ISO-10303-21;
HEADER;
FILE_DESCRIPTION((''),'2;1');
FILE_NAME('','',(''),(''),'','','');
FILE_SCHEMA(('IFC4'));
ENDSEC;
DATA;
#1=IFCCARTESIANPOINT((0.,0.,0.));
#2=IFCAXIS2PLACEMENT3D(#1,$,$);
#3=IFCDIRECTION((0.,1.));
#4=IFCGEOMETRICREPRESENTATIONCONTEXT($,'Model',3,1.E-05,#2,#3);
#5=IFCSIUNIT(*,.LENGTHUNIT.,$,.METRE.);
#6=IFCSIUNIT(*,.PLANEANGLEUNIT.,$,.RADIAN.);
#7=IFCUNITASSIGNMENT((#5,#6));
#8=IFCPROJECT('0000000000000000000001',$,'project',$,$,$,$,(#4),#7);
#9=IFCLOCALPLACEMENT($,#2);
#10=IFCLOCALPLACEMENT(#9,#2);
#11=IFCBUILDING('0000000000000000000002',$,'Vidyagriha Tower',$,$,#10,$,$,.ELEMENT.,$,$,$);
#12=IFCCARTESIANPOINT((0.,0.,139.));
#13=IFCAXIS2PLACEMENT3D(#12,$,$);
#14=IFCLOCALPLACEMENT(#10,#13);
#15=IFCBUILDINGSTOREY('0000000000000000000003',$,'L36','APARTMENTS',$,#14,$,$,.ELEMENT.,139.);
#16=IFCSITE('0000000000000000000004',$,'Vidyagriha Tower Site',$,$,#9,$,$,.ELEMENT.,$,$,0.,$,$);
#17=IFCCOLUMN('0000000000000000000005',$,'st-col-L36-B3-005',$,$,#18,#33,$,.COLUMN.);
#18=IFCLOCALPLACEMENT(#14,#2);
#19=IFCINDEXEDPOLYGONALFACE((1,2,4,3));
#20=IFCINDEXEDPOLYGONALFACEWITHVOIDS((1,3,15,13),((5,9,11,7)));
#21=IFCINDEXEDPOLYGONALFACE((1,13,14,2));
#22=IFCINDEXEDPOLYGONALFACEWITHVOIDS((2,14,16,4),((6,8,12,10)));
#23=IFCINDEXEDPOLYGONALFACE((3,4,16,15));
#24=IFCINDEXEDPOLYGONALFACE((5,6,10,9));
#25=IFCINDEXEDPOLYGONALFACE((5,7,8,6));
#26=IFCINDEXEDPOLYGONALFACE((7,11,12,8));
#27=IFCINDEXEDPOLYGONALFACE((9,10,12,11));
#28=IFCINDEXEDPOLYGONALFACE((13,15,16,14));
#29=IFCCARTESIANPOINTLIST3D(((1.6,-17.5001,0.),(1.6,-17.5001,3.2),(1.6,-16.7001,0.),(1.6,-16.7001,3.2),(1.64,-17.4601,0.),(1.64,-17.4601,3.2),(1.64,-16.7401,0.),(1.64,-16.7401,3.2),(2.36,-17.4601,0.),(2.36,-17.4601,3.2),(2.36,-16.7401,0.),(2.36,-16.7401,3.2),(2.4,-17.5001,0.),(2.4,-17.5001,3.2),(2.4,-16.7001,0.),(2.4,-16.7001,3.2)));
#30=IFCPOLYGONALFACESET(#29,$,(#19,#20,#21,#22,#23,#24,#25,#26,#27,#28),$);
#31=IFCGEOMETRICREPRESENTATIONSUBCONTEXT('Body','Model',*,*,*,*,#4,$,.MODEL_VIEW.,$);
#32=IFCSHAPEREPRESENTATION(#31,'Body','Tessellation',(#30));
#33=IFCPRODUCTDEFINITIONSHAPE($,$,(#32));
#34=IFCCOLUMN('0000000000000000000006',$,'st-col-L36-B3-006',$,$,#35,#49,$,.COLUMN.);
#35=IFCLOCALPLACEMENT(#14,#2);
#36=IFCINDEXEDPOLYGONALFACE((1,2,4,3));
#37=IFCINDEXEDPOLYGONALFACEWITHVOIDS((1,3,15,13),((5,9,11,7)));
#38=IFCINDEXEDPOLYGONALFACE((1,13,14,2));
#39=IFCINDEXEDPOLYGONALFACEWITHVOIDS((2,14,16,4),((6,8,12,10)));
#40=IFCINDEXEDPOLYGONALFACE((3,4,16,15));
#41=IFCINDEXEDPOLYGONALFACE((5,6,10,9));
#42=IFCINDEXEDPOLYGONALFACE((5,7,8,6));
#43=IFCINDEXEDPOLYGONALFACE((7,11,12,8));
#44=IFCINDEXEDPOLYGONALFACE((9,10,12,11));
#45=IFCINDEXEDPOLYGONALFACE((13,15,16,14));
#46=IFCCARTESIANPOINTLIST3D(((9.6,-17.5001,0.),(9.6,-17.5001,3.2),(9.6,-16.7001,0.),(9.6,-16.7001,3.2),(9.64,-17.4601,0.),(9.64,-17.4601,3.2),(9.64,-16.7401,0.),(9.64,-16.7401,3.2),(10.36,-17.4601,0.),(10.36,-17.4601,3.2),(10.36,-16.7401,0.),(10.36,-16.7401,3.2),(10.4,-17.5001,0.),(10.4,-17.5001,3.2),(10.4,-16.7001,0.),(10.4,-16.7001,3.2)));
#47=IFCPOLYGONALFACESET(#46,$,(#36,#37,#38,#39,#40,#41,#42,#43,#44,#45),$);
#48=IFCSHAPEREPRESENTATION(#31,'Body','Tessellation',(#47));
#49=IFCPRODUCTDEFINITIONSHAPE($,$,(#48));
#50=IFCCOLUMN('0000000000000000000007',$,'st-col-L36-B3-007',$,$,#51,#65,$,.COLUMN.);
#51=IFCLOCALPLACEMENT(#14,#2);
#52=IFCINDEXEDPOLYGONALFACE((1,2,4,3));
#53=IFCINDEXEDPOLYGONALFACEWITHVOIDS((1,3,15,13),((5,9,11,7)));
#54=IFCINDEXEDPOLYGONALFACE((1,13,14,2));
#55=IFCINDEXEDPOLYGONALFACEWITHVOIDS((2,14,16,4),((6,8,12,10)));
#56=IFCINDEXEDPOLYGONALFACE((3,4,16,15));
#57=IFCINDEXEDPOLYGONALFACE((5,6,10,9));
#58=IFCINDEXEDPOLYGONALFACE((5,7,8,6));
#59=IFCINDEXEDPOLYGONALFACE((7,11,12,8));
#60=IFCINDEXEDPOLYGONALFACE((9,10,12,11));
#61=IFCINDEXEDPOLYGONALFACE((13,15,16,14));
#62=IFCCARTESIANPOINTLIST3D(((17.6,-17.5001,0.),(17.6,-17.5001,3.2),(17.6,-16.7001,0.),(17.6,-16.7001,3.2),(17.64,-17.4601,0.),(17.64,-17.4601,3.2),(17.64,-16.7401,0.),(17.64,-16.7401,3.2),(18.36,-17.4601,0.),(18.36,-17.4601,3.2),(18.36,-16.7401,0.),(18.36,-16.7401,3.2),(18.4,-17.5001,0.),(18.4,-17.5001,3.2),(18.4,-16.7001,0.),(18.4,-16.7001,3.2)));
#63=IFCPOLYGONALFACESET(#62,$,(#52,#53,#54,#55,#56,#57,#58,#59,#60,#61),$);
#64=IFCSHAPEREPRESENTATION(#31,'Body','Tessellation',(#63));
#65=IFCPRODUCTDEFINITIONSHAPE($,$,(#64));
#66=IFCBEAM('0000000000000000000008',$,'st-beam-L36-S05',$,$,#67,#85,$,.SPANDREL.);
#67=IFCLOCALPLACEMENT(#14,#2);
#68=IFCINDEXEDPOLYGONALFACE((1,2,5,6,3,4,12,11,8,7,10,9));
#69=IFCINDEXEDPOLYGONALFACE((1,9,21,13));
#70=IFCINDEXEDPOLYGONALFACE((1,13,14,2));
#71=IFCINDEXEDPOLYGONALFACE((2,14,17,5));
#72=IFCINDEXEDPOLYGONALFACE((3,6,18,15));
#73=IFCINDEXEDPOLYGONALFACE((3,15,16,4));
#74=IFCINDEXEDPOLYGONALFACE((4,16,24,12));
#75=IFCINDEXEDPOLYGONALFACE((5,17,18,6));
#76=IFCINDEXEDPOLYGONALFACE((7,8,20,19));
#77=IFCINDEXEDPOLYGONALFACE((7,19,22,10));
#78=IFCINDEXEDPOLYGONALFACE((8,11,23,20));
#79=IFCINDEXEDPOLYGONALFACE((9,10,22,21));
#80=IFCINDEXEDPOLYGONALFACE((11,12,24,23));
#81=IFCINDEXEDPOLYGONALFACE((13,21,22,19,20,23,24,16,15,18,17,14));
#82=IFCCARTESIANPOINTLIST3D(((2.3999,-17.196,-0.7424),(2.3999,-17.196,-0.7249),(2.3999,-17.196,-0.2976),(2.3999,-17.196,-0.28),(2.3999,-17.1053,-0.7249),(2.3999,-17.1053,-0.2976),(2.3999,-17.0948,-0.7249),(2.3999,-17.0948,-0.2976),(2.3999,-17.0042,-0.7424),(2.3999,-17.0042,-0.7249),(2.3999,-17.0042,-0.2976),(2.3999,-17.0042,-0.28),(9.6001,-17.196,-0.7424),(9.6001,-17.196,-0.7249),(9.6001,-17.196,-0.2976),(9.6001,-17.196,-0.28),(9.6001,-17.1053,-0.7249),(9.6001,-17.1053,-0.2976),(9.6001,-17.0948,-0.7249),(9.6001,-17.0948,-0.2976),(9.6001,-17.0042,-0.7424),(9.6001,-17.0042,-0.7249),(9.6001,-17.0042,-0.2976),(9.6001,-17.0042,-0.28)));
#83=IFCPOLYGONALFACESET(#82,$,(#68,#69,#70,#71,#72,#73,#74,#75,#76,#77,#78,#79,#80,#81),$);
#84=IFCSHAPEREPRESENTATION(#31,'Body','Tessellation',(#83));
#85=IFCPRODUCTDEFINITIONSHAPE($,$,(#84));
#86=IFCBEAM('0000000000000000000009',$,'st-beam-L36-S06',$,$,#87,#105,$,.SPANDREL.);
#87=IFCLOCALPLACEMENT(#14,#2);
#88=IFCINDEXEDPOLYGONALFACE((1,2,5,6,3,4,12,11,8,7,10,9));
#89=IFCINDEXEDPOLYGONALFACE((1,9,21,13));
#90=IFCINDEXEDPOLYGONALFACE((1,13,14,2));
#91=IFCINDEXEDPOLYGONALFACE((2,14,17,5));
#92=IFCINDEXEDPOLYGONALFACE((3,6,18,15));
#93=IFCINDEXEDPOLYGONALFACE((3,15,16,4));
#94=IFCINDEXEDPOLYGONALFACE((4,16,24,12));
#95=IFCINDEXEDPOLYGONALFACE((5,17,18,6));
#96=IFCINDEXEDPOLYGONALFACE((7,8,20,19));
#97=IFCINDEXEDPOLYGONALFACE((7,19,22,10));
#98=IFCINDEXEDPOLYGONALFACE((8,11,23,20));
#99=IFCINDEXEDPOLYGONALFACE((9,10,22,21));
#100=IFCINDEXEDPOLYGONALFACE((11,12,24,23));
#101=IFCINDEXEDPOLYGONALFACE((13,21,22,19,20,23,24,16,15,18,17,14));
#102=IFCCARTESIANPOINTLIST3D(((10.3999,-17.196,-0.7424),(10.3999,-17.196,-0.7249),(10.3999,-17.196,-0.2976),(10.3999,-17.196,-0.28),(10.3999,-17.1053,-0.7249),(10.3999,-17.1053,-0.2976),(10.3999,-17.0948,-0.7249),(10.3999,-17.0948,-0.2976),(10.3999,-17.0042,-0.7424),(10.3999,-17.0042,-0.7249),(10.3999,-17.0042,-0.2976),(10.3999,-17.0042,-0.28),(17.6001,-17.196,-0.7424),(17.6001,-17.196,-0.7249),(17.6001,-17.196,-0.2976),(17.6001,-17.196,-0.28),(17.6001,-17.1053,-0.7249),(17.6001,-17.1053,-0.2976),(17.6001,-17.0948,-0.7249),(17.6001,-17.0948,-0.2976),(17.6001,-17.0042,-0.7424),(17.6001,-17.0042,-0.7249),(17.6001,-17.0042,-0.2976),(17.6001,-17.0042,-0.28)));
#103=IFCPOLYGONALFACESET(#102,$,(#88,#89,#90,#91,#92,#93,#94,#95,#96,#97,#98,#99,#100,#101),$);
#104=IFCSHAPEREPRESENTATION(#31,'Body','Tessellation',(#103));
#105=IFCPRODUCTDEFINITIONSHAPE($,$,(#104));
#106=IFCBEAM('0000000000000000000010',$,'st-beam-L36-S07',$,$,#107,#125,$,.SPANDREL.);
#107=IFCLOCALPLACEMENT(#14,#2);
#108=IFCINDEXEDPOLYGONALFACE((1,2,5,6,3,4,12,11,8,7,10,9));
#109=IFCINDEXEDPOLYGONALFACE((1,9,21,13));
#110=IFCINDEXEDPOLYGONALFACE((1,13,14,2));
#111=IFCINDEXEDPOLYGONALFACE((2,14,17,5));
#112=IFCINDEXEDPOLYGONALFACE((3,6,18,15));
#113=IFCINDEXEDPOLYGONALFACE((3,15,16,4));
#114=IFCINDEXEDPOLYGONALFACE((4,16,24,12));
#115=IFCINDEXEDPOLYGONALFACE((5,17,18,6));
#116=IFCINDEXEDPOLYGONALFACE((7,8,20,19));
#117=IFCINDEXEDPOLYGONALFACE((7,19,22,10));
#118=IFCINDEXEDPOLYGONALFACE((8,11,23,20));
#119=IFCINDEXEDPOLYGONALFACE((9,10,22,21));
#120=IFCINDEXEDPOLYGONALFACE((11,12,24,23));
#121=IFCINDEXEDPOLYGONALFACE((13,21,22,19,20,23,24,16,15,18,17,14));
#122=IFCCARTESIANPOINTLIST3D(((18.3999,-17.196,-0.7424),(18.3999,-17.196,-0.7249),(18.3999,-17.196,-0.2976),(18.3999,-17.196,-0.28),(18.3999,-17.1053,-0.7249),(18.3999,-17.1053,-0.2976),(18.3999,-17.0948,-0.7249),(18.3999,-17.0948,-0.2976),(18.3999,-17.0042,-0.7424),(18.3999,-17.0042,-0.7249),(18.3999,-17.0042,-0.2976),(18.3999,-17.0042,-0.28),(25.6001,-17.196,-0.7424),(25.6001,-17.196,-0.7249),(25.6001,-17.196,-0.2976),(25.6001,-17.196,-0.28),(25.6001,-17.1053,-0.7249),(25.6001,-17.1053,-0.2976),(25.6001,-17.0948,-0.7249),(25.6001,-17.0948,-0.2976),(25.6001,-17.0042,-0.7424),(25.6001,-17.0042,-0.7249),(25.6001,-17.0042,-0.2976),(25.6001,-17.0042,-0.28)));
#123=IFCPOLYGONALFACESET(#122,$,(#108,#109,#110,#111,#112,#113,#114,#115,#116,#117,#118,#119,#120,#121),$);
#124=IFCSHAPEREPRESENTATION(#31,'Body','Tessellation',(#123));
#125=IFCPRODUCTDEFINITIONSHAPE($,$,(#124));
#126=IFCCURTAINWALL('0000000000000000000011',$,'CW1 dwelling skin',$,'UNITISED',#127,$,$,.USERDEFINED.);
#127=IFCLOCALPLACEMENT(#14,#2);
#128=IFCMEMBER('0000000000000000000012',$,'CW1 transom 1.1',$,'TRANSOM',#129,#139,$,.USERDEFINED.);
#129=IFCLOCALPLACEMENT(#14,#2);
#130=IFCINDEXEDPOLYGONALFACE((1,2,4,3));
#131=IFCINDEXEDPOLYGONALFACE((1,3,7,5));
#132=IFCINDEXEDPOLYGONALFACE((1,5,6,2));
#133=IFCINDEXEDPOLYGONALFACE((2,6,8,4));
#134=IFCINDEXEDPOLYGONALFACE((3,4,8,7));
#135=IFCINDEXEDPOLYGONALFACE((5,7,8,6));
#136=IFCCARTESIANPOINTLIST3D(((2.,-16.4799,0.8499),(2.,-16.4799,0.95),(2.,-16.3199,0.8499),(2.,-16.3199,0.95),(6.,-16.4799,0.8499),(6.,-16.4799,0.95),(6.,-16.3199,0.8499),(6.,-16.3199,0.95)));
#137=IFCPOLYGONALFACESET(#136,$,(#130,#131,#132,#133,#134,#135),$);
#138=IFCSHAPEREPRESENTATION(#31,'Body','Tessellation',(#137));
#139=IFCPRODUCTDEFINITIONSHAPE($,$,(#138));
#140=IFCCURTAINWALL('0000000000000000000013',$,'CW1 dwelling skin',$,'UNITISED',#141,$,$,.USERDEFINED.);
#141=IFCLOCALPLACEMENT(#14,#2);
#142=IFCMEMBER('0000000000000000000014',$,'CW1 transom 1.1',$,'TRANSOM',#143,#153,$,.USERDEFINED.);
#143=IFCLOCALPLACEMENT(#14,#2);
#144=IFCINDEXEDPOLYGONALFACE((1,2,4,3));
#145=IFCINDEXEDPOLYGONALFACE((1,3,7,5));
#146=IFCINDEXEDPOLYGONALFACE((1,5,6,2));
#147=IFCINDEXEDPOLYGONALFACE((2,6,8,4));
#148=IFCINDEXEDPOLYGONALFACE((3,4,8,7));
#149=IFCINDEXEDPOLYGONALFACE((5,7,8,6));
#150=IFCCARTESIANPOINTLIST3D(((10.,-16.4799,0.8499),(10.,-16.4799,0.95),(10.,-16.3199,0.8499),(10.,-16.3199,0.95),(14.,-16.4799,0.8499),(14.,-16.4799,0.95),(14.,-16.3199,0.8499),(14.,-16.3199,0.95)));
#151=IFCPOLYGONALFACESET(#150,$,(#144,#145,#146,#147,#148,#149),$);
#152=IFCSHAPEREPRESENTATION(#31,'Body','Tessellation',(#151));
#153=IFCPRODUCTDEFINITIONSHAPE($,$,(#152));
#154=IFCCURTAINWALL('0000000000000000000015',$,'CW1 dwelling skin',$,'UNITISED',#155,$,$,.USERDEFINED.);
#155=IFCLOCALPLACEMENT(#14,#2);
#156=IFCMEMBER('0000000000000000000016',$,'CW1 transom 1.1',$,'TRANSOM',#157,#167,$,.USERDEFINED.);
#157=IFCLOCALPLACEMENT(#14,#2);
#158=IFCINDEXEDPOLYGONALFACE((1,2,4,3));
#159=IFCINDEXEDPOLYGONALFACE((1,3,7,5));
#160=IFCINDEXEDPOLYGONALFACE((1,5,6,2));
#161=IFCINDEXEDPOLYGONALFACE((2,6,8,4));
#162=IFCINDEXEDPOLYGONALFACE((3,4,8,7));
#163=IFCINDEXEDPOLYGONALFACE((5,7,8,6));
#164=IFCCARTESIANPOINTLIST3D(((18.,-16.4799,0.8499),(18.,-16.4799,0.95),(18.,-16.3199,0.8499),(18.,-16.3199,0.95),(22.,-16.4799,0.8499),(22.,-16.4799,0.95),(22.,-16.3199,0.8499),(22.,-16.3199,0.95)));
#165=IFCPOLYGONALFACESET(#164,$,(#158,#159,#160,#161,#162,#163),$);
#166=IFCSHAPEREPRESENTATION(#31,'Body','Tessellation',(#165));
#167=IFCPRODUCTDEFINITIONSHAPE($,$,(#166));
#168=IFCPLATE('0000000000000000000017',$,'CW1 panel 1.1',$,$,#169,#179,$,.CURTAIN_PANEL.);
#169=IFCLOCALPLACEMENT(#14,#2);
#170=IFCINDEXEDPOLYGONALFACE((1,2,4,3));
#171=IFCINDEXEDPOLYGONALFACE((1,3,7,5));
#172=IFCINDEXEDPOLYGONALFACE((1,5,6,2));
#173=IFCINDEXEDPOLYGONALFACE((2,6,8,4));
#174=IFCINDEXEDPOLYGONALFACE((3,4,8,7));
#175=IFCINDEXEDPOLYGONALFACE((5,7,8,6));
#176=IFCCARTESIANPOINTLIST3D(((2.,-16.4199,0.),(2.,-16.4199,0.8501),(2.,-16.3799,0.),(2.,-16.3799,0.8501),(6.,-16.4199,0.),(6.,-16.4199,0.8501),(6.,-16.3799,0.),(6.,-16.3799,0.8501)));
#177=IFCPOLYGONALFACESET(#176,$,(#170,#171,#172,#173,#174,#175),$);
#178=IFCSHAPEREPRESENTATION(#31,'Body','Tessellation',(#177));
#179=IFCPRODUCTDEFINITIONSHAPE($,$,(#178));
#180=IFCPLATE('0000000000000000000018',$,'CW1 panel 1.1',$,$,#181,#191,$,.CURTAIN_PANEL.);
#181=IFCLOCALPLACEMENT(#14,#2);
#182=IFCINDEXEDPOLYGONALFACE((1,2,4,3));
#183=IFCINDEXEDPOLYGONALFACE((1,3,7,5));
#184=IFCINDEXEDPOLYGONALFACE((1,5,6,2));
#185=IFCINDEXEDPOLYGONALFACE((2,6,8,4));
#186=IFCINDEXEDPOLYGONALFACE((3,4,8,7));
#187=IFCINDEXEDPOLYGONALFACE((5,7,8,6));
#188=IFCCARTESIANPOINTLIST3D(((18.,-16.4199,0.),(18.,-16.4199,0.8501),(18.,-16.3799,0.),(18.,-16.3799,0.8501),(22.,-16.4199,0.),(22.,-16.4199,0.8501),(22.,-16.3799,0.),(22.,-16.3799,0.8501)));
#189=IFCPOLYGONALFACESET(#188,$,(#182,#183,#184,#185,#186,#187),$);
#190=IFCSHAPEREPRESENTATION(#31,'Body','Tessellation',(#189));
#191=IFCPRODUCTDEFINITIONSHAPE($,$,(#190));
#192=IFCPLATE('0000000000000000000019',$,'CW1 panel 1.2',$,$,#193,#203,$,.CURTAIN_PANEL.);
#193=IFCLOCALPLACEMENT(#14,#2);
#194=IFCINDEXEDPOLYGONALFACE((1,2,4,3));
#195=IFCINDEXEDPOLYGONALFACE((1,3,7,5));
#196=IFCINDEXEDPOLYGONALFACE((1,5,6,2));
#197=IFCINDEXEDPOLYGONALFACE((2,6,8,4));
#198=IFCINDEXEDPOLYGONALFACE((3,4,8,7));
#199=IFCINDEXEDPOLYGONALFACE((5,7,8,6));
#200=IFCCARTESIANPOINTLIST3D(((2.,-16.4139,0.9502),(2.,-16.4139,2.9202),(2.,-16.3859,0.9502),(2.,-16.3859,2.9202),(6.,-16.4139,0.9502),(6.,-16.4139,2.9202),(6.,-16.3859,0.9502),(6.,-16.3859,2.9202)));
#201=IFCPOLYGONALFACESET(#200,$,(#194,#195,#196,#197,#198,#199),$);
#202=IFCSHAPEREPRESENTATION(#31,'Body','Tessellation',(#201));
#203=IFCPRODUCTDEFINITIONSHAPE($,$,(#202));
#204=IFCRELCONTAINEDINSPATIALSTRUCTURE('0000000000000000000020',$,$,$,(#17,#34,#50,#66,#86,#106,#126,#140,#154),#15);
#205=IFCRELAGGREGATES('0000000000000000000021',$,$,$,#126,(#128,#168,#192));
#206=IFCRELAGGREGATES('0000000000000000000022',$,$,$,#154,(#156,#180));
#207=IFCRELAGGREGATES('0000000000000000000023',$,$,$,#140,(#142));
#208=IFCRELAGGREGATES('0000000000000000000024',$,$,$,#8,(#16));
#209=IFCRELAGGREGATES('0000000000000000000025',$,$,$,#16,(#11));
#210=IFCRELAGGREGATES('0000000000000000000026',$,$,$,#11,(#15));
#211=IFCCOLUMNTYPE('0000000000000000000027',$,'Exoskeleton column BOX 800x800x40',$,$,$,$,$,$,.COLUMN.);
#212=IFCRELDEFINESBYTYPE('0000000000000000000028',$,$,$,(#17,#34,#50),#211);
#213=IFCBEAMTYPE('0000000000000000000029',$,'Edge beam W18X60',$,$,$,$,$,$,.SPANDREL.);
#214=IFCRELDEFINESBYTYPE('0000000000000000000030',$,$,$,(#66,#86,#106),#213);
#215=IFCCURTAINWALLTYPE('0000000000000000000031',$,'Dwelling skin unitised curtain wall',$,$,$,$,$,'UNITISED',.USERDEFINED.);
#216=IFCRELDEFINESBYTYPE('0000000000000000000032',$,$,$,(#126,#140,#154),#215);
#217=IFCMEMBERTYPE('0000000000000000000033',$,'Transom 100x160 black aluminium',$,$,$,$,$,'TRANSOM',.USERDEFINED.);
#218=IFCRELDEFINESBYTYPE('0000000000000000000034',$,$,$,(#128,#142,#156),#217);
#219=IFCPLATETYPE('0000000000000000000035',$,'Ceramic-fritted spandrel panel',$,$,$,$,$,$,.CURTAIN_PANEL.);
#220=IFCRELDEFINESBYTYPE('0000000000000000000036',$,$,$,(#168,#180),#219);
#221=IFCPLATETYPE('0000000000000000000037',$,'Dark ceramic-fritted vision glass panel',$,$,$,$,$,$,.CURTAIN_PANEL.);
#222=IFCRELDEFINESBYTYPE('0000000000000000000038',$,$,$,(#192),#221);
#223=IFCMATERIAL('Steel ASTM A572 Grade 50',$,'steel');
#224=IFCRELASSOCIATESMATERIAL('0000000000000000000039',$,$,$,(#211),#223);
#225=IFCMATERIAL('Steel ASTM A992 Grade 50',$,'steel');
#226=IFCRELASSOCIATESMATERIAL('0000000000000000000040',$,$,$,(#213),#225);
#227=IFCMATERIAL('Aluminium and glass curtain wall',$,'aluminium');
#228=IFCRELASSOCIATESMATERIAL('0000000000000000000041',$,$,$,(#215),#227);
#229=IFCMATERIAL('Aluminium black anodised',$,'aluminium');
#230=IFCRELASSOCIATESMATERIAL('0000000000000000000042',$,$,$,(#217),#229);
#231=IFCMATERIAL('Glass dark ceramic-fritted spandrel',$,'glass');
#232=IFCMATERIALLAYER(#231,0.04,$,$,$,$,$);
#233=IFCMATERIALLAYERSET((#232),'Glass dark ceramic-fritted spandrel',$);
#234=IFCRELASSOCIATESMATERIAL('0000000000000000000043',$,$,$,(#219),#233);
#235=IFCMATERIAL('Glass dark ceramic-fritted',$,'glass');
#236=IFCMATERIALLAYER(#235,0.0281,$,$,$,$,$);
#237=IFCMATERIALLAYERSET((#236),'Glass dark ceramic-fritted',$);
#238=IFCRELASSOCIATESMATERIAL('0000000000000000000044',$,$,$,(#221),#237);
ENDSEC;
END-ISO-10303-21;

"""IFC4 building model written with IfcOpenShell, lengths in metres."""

from ifc_helpers import new_model, si_unit, direction, frame, origin, origin_2d, place, context, subcontext, project, spatial, rectangle, hollow_rectangle, i_section, extrude, material, layer, layer_set, material_profile, profile_set, type_object, element, aggregate, save


model = new_model("IFC4")

# Units and contexts
model_context = context("Model", 3, precision=1e-05, world=origin(), true_north=direction((0.0, 1.0)))
body_context = subcontext(model_context, "Body", "Model", "MODEL_VIEW")
ifc_project = project(units=[si_unit("LENGTHUNIT", "METRE"), si_unit("PLANEANGLEUNIT", "RADIAN")], contexts=[model_context])

# Site, building, storey
site_placement = place(None, origin())
site = spatial("IfcSite", under=ifc_project, at=site_placement, Name="Vidyagriha Tower Site", CompositionType="ELEMENT", RefElevation=0.0)
building_placement = place(site_placement, origin())
building = spatial("IfcBuilding", under=site, at=building_placement, Name="Vidyagriha Tower", CompositionType="ELEMENT")
storey_placement = place(building_placement, frame((0.0, 0.0, 139.0)))
storey = spatial("IfcBuildingStorey", under=building, at=storey_placement, Name="L36", Description="APARTMENTS", CompositionType="ELEMENT", Elevation=139.0)

# Columns
ifc_material_1 = material(Name="Steel ASTM A572 Grade 50", Category="steel")
ifc_material_profile_1 = material_profile(ifc_material_1, hollow_rectangle(XDim=0.8, YDim=0.8, WallThickness=0.04, at=origin_2d()), Name="BOX 800x800x40")
ifc_profile_set_1 = profile_set([ifc_material_profile_1], Name="Steel ASTM A572 Grade 50")
column_type = type_object("IfcColumnType", Name="Exoskeleton column BOX 800x800x40", PredefinedType="COLUMN", material=ifc_profile_set_1)
for number, where, name in (
    (1, (2.0, -17.1001, 0.0), "st-col-L36-B3-005"),
    (2, (10.0, -17.1001, 0.0), "st-col-L36-B3-006"),
    (3, (18.0, -17.1001, 0.0), "st-col-L36-B3-007"),
):
    element("IfcColumn", number, at=place(storey_placement, frame(where)), inside=storey, type_object=column_type, Name=name, PredefinedType="COLUMN", context=body_context, shape_type="SweptSolid", body=[
        extrude(hollow_rectangle(XDim=0.8, YDim=0.8, WallThickness=0.04, at=origin_2d()), origin(), (0.0, 0.0, 1.0), 3.2),
    ])

# Beams
ifc_material_2 = material(Name="Steel ASTM A992 Grade 50", Category="steel")
ifc_material_profile_2 = material_profile(ifc_material_2, i_section(OverallWidth=0.1919, OverallDepth=0.4624, WebThickness=0.0105, FlangeThickness=0.0176, at=origin_2d()), Name="W18X60")
ifc_profile_set_2 = profile_set([ifc_material_profile_2], Name="Steel ASTM A992 Grade 50")
beam_type = type_object("IfcBeamType", Name="Edge beam W18X60", PredefinedType="SPANDREL", material=ifc_profile_set_2)
for number, where, z_axis, x_axis, name in (
    (4, (2.3999, -17.1001, -0.5112), (1.0, 0.0, 0.0), (0.0, 1.0, 0.0), "st-beam-L36-S05"),
    (5, (10.3999, -17.1001, -0.5112), (1.0, 0.0, 0.0), (0.0, 1.0, 0.0), "st-beam-L36-S06"),
    (6, (18.3999, -17.1001, -0.5112), (1.0, 0.0, 0.0), (0.0, 1.0, 0.0), "st-beam-L36-S07"),
):
    element("IfcBeam", number, at=place(storey_placement, frame(where, z_axis=z_axis, x_axis=x_axis)), inside=storey, type_object=beam_type, Name=name, PredefinedType="SPANDREL", context=body_context, shape_type="SweptSolid", body=[
        extrude(i_section(OverallWidth=0.1919, OverallDepth=0.4624, WebThickness=0.0105, FlangeThickness=0.0176, at=origin_2d()), origin(), (0.0, 0.0, 1.0), 7.2002),
    ])

# Curtain walls, members
ifc_material_3 = material(Name="Aluminium and glass curtain wall", Category="aluminium")
curtain_wall_type = type_object("IfcCurtainWallType", Name="Dwelling skin unitised curtain wall", ElementType="UNITISED", PredefinedType="USERDEFINED", material=ifc_material_3)
curtain_wall_1_placement = place(storey_placement, origin())
curtain_wall_1 = element("IfcCurtainWall", 7, at=curtain_wall_1_placement, inside=storey, type_object=curtain_wall_type, Name="CW1 dwelling skin", ObjectType="UNITISED", PredefinedType="USERDEFINED")
ifc_material_4 = material(Name="Aluminium black anodised", Category="aluminium")
ifc_material_profile_3 = material_profile(ifc_material_4, rectangle(XDim=0.1599, YDim=0.1001, at=origin_2d()), Name="Transom 100x160 black aluminium")
ifc_profile_set_3 = profile_set([ifc_material_profile_3], Name="Aluminium black anodised")
member_type = type_object("IfcMemberType", Name="Transom 100x160 black aluminium", ElementType="TRANSOM", PredefinedType="USERDEFINED", material=ifc_profile_set_3)
member_1_placement = place(storey_placement, frame((2.0, -16.3999, 0.8999), z_axis=(1.0, 0.0, 0.0), x_axis=(0.0, 1.0, 0.0)))
member_1 = element("IfcMember", 8, at=member_1_placement, type_object=member_type, Name="CW1 transom 1.1", ObjectType="TRANSOM", PredefinedType="USERDEFINED", context=body_context, shape_type="SweptSolid", body=[
    extrude(rectangle(XDim=0.1599, YDim=0.1001, at=origin_2d()), origin(), (0.0, 0.0, 1.0), 4.0),
])
curtain_wall_2_placement = place(storey_placement, origin())
curtain_wall_2 = element("IfcCurtainWall", 9, at=curtain_wall_2_placement, inside=storey, type_object=curtain_wall_type, Name="CW1 dwelling skin", ObjectType="UNITISED", PredefinedType="USERDEFINED")
member_2_placement = place(storey_placement, frame((10.0, -16.3999, 0.8999), z_axis=(1.0, 0.0, 0.0), x_axis=(0.0, 1.0, 0.0)))
member_2 = element("IfcMember", 10, at=member_2_placement, type_object=member_type, Name="CW1 transom 1.1", ObjectType="TRANSOM", PredefinedType="USERDEFINED", context=body_context, shape_type="SweptSolid", body=[
    extrude(rectangle(XDim=0.1599, YDim=0.1001, at=origin_2d()), origin(), (0.0, 0.0, 1.0), 4.0),
])
curtain_wall_3_placement = place(storey_placement, origin())
curtain_wall_3 = element("IfcCurtainWall", 11, at=curtain_wall_3_placement, inside=storey, type_object=curtain_wall_type, Name="CW1 dwelling skin", ObjectType="UNITISED", PredefinedType="USERDEFINED")
member_3_placement = place(storey_placement, frame((18.0, -16.3999, 0.8999), z_axis=(1.0, 0.0, 0.0), x_axis=(0.0, 1.0, 0.0)))
member_3 = element("IfcMember", 12, at=member_3_placement, type_object=member_type, Name="CW1 transom 1.1", ObjectType="TRANSOM", PredefinedType="USERDEFINED", context=body_context, shape_type="SweptSolid", body=[
    extrude(rectangle(XDim=0.1599, YDim=0.1001, at=origin_2d()), origin(), (0.0, 0.0, 1.0), 4.0),
])

# Plates
ifc_material_5 = material(Name="Glass dark ceramic-fritted spandrel", Category="glass")
ifc_layer_1 = layer(ifc_material_5, 0.04)
ifc_layer_set_1 = layer_set([ifc_layer_1], Name="Glass dark ceramic-fritted spandrel")
plate_type_1 = type_object("IfcPlateType", Name="Ceramic-fritted spandrel panel", PredefinedType="CURTAIN_PANEL", material=ifc_layer_set_1)
plate_1_placement = place(storey_placement, frame((4.0, -16.3999, 0.0)))
plate_1 = element("IfcPlate", 13, at=plate_1_placement, type_object=plate_type_1, Name="CW1 panel 1.1", PredefinedType="CURTAIN_PANEL", context=body_context, shape_type="SweptSolid", body=[
    extrude(rectangle(XDim=4.0, YDim=0.04, at=origin_2d()), origin(), (0.0, 0.0, 1.0), 0.8501),
])
plate_2_placement = place(storey_placement, frame((20.0, -16.3999, 0.0)))
plate_2 = element("IfcPlate", 14, at=plate_2_placement, type_object=plate_type_1, Name="CW1 panel 1.1", PredefinedType="CURTAIN_PANEL", context=body_context, shape_type="SweptSolid", body=[
    extrude(rectangle(XDim=4.0, YDim=0.04, at=origin_2d()), origin(), (0.0, 0.0, 1.0), 0.8501),
])
ifc_material_6 = material(Name="Glass dark ceramic-fritted", Category="glass")
ifc_layer_2 = layer(ifc_material_6, 0.0281)
ifc_layer_set_2 = layer_set([ifc_layer_2], Name="Glass dark ceramic-fritted")
plate_type_2 = type_object("IfcPlateType", Name="Dark ceramic-fritted vision glass panel", PredefinedType="CURTAIN_PANEL", material=ifc_layer_set_2)
plate_3_placement = place(storey_placement, frame((4.0, -16.3999, 0.9502)))
plate_3 = element("IfcPlate", 15, at=plate_3_placement, type_object=plate_type_2, Name="CW1 panel 1.2", PredefinedType="CURTAIN_PANEL", context=body_context, shape_type="SweptSolid", body=[
    extrude(rectangle(XDim=4.0, YDim=0.0281, at=origin_2d()), origin(), (0.0, 0.0, 1.0), 1.97),
])
aggregate(curtain_wall_1, [member_1, plate_1, plate_3])
aggregate(curtain_wall_3, [member_3, plate_2])
aggregate(curtain_wall_2, [member_2])

save(model, "model.ifc")
